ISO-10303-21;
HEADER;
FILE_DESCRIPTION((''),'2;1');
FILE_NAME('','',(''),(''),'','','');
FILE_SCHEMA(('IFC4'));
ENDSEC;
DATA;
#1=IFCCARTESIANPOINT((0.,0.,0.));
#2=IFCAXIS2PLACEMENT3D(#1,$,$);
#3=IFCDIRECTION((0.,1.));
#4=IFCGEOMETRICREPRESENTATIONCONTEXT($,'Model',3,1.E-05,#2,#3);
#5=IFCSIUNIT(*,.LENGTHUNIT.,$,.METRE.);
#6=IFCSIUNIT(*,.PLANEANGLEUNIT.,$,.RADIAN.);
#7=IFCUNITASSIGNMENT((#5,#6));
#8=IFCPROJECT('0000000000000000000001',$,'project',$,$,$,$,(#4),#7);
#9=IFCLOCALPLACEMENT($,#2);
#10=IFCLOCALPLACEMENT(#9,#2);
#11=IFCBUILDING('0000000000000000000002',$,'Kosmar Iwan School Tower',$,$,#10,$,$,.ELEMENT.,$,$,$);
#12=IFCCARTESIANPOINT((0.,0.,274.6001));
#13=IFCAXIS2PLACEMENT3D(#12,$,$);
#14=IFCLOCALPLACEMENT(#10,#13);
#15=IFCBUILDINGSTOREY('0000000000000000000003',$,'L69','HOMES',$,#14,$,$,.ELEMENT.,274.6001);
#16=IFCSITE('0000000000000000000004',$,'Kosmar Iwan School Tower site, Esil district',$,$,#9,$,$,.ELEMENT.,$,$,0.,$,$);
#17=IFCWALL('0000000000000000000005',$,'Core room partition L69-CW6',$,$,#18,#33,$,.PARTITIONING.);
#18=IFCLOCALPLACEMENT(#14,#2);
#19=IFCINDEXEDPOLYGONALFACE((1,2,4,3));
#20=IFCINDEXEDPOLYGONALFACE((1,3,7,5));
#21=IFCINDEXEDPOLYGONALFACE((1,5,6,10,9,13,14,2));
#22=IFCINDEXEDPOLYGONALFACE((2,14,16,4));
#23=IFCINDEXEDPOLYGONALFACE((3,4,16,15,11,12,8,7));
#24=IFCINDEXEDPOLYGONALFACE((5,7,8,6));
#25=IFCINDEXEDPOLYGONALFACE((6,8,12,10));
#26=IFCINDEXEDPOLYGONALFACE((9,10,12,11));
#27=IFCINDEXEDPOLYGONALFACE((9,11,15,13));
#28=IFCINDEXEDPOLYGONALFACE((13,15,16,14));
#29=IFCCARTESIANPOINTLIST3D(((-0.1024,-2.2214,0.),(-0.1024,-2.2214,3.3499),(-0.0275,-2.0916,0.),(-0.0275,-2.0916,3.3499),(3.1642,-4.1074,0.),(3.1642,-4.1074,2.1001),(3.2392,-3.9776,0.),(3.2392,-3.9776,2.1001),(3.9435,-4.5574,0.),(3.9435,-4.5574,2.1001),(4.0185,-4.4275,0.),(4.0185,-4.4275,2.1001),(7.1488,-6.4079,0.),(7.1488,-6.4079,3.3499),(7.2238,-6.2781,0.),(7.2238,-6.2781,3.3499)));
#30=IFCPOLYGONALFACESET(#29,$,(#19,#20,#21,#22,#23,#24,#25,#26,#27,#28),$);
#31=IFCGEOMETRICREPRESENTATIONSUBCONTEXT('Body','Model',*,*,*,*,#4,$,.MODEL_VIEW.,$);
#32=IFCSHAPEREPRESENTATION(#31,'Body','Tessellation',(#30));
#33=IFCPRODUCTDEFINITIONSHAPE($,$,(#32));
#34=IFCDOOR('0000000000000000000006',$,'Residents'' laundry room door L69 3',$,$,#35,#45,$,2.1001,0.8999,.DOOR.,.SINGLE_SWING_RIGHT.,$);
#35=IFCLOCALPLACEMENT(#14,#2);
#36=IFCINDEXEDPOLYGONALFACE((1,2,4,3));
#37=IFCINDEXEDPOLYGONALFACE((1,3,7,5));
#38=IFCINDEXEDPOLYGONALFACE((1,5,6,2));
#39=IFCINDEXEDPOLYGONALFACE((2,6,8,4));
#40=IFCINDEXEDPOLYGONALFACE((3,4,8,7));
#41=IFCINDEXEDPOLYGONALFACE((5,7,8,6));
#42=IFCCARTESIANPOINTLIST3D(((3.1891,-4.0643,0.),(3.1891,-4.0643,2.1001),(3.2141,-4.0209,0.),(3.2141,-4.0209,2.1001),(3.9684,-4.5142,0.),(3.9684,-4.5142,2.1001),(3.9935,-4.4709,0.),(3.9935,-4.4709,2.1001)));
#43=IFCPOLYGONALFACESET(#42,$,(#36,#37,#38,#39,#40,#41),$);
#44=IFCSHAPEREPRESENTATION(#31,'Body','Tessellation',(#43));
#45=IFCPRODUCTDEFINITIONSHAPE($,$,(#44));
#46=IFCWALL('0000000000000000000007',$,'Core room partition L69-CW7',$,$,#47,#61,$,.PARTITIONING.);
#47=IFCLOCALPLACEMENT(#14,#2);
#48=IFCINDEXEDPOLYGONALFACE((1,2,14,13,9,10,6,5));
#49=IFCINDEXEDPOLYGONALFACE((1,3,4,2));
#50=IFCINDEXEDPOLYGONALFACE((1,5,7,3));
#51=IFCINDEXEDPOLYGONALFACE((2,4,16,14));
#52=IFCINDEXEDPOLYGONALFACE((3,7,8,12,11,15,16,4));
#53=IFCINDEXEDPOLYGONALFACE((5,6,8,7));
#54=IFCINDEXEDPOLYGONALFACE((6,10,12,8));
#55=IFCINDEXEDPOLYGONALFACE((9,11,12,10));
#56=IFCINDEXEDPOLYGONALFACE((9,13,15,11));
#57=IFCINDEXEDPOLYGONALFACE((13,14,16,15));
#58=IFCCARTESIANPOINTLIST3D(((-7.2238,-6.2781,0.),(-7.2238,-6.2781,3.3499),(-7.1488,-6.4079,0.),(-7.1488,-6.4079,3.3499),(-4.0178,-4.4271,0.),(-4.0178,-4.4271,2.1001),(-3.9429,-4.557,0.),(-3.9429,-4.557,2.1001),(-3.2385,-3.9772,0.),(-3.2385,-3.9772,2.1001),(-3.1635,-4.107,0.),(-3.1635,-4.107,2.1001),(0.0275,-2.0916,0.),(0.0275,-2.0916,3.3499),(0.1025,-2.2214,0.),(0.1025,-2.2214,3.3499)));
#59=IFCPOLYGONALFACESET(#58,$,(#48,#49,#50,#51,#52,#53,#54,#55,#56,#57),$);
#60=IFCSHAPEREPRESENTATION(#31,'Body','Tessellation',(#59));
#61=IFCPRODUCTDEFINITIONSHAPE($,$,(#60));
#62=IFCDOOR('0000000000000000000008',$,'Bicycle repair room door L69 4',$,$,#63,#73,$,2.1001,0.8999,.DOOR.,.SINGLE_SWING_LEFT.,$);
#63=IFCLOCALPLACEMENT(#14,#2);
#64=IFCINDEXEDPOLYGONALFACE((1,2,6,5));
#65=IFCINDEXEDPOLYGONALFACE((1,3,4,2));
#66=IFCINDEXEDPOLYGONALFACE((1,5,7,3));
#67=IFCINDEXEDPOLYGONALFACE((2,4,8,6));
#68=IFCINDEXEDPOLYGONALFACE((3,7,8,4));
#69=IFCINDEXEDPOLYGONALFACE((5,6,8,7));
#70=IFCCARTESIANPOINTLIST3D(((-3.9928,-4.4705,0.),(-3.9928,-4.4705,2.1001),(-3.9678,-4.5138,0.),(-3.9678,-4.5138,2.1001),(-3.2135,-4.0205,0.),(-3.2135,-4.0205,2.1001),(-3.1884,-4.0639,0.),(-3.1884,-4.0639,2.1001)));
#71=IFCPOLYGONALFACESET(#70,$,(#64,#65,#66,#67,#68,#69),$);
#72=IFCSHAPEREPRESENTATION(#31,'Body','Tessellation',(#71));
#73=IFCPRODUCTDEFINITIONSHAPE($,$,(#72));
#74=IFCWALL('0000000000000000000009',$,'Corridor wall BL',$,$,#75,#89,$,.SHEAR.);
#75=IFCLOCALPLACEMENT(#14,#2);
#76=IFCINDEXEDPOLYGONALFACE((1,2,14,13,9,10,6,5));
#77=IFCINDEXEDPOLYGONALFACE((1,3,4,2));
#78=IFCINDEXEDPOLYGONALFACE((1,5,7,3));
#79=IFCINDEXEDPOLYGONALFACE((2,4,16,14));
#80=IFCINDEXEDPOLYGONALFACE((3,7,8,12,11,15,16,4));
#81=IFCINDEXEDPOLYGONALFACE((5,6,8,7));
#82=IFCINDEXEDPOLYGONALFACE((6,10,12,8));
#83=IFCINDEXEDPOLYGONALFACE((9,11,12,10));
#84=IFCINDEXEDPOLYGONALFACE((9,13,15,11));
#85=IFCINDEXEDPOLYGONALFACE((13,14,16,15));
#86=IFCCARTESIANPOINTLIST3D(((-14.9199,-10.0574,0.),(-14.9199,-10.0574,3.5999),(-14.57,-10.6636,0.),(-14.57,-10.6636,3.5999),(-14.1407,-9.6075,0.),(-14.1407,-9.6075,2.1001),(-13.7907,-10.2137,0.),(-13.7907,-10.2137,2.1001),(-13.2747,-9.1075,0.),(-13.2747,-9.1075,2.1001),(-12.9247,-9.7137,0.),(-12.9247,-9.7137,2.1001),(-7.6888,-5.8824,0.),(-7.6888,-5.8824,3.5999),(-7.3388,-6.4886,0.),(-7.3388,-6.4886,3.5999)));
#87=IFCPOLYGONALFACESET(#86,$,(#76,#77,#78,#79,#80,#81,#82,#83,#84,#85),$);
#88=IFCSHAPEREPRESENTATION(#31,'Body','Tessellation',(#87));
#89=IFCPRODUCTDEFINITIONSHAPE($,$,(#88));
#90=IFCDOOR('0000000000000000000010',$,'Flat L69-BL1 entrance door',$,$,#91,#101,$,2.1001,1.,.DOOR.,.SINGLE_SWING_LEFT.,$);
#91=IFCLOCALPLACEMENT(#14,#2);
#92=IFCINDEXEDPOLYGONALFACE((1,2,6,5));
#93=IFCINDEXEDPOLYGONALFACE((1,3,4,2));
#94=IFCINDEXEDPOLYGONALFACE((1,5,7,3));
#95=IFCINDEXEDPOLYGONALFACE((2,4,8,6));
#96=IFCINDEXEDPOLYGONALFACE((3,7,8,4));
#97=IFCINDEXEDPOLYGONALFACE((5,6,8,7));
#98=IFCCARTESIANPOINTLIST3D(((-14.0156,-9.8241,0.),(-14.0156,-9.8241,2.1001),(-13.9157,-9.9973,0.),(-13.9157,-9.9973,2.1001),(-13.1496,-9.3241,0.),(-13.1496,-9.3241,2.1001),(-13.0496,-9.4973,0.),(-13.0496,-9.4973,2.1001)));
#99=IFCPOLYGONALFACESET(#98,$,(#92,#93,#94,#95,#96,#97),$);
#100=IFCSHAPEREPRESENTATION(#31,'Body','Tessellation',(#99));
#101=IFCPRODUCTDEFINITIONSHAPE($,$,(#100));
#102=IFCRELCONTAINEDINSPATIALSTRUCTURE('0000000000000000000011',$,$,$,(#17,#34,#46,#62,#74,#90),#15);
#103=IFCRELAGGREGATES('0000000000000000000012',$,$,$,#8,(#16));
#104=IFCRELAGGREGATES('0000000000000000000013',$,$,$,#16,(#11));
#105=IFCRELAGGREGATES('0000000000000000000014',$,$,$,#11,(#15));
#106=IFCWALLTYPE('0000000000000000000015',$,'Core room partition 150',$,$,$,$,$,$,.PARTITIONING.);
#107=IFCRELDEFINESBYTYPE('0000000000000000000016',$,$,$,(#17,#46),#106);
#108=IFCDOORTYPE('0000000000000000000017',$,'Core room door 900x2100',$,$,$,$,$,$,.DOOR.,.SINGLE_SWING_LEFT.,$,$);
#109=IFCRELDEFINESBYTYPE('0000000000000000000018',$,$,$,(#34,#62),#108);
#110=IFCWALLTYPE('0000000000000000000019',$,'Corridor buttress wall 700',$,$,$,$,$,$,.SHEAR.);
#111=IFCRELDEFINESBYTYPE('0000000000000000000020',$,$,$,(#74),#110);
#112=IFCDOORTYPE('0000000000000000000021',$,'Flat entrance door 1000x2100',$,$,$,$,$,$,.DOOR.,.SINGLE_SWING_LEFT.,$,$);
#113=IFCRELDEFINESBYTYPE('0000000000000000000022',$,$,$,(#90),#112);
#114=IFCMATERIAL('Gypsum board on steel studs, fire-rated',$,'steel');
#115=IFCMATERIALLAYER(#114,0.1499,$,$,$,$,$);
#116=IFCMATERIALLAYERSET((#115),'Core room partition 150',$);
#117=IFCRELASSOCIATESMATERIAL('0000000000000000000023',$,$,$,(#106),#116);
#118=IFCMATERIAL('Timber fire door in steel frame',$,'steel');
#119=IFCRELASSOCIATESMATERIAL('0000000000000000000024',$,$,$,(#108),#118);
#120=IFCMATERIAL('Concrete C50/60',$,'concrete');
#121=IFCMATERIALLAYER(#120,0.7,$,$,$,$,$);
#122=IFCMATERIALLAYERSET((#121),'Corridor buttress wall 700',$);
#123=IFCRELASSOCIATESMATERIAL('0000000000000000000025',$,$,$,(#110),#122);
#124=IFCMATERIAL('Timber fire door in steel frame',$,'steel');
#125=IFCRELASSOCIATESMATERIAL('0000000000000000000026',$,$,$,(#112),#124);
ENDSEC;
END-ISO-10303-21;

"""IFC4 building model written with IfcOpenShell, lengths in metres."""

from ifc_helpers import new_model, si_unit, direction, frame, frame_2d, origin, place, context, subcontext, project, spatial, rectangle, extrude, material, layer, layer_set, type_object, element, fill, save


model = new_model("IFC4")

# Units and contexts
model_context = context("Model", 3, precision=1e-05, world=origin(), true_north=direction((0.0, 1.0)))
body_context = subcontext(model_context, "Body", "Model", "MODEL_VIEW")
ifc_project = project(units=[si_unit("LENGTHUNIT", "METRE"), si_unit("PLANEANGLEUNIT", "RADIAN")], contexts=[model_context])

# Site, building, storey
site_placement = place(None, origin())
site = spatial("IfcSite", under=ifc_project, at=site_placement, Name="Kosmar Iwan School Tower site, Esil district", CompositionType="ELEMENT", RefElevation=0.0)
building_placement = place(site_placement, origin())
building = spatial("IfcBuilding", under=site, at=building_placement, Name="Kosmar Iwan School Tower", CompositionType="ELEMENT")
storey_placement = place(building_placement, frame((0.0, 0.0, 274.6001)))
storey = spatial("IfcBuildingStorey", under=building, at=storey_placement, Name="L69", Description="HOMES", CompositionType="ELEMENT", Elevation=274.6001)

# Walls, openings, doors
ifc_material_1 = material(Name="Gypsum board on steel studs, fire-rated", Category="steel")
ifc_layer_1 = layer(ifc_material_1, 0.1499)
ifc_layer_set_1 = layer_set([ifc_layer_1], Name="Core room partition 150")
wall_type_1 = type_object("IfcWallType", Name="Core room partition 150", PredefinedType="PARTITIONING", material=ifc_layer_set_1)
wall_1_placement = place(storey_placement, frame((-0.0649, -2.1565, 0.0), z_axis=(0.0, 0.0, 1.0), x_axis=(0.866024, -0.500003, 0.0)))
wall_1 = element("IfcWall", 1, at=wall_1_placement, inside=storey, type_object=wall_type_1, Name="Core room partition L69-CW6", PredefinedType="PARTITIONING", context=body_context, shape_type="SweptSolid", body=[
    extrude(rectangle(XDim=8.373, YDim=0.1499, at=frame_2d((4.1865, 0.0))), origin(), (0.0, 0.0, 1.0), 3.3499),
])
opening_1_placement = place(wall_1_placement, frame((3.772, 0.0, 0.0)))
opening_1 = element("IfcOpeningElement", 2, at=opening_1_placement, cuts=wall_1, PredefinedType="OPENING", context=body_context, shape_type="SweptSolid", body=[
    extrude(rectangle(XDim=0.8999, YDim=2.1001, at=frame_2d((0.45, 1.05))), frame((0.0, 0.0869, 0.0), z_axis=(0.0, -1.0, 0.0), x_axis=(1.0, 0.0, 0.0)), (0.0, 0.0, 1.0), 0.1738),
])
ifc_material_2 = material(Name="Timber fire door in steel frame", Category="steel")
door_type_1 = type_object("IfcDoorType", Name="Core room door 900x2100", OperationType="SINGLE_SWING_LEFT", PredefinedType="DOOR", material=ifc_material_2)
door_1_placement = place(opening_1_placement, origin())
door_1 = element("IfcDoor", 3, at=door_1_placement, inside=storey, type_object=door_type_1, Name="Residents' laundry room door L69 3", OperationType="SINGLE_SWING_RIGHT", OverallHeight=2.1001, OverallWidth=0.8999, PredefinedType="DOOR", context=body_context, shape_type="SweptSolid", body=[
    extrude(rectangle(XDim=0.8999, YDim=2.1001, at=frame_2d((0.45, 1.05))), frame((0.0, 0.0249, 0.0), z_axis=(0.0, -1.0, 0.0), x_axis=(1.0, 0.0, 0.0)), (0.0, 0.0, 1.0), 0.05),
])
fill(opening_1, door_1)
wall_2_placement = place(storey_placement, frame((-7.1863, -6.343, 0.0), z_axis=(0.0, 0.0, 1.0), x_axis=(0.866024, 0.500003, 0.0)))
wall_2 = element("IfcWall", 4, at=wall_2_placement, inside=storey, type_object=wall_type_1, Name="Core room partition L69-CW7", PredefinedType="PARTITIONING", context=body_context, shape_type="SweptSolid", body=[
    extrude(rectangle(XDim=8.373, YDim=0.1499, at=frame_2d((4.1865, 0.0))), origin(), (0.0, 0.0, 1.0), 3.3499),
])
opening_2_placement = place(wall_2_placement, frame((3.7019, 0.0, 0.0)))
opening_2 = element("IfcOpeningElement", 5, at=opening_2_placement, cuts=wall_2, PredefinedType="OPENING", context=body_context, shape_type="SweptSolid", body=[
    extrude(rectangle(XDim=0.8999, YDim=2.1001, at=frame_2d((0.45, 1.05))), frame((0.0, 0.0869, 0.0), z_axis=(0.0, -1.0, 0.0), x_axis=(1.0, 0.0, 0.0)), (0.0, 0.0, 1.0), 0.1738),
])
door_2_placement = place(opening_2_placement, origin())
door_2 = element("IfcDoor", 6, at=door_2_placement, inside=storey, type_object=door_type_1, Name="Bicycle repair room door L69 4", OperationType="SINGLE_SWING_LEFT", OverallHeight=2.1001, OverallWidth=0.8999, PredefinedType="DOOR", context=body_context, shape_type="SweptSolid", body=[
    extrude(rectangle(XDim=0.8999, YDim=2.1001, at=frame_2d((0.45, 1.05))), frame((0.0, 0.0249, 0.0), z_axis=(0.0, -1.0, 0.0), x_axis=(1.0, 0.0, 0.0)), (0.0, 0.0, 1.0), 0.05),
])
fill(opening_2, door_2)
ifc_material_3 = material(Name="Concrete C50/60", Category="concrete")
ifc_layer_2 = layer(ifc_material_3, 0.7)
ifc_layer_set_2 = layer_set([ifc_layer_2], Name="Corridor buttress wall 700")
wall_type_2 = type_object("IfcWallType", Name="Corridor buttress wall 700", PredefinedType="SHEAR", material=ifc_layer_set_2)
wall_3_placement = place(storey_placement, frame((-7.5139, -6.1855, 0.0), z_axis=(0.0, 0.0, 1.0), x_axis=(-0.86602, -0.50001, 0.0)))
wall_3 = element("IfcWall", 7, at=wall_3_placement, inside=storey, type_object=wall_type_2, Name="Corridor wall BL", PredefinedType="SHEAR", context=body_context, shape_type="SweptSolid", body=[
    extrude(rectangle(XDim=8.3499, YDim=0.7, at=frame_2d((4.1748, 0.0))), origin(), (0.0, 0.0, 1.0), 3.5999),
])
opening_3_placement = place(wall_3_placement, frame((6.45, 0.0, 0.0)))
opening_3 = element("IfcOpeningElement", 8, at=opening_3_placement, cuts=wall_3, PredefinedType="OPENING", context=body_context, shape_type="SweptSolid", body=[
    extrude(rectangle(XDim=1.0, YDim=2.1001, at=frame_2d((0.5, 1.05))), frame((0.0, 0.3621, 0.0), z_axis=(0.0, -1.0, 0.0), x_axis=(1.0, 0.0, 0.0)), (0.0, 0.0, 1.0), 0.7239),
])
ifc_material_4 = material(Name="Timber fire door in steel frame", Category="steel")
door_type_2 = type_object("IfcDoorType", Name="Flat entrance door 1000x2100", OperationType="SINGLE_SWING_LEFT", PredefinedType="DOOR", material=ifc_material_4)
door_3_placement = place(opening_3_placement, origin())
door_3 = element("IfcDoor", 9, at=door_3_placement, inside=storey, type_object=door_type_2, Name="Flat L69-BL1 entrance door", OperationType="SINGLE_SWING_LEFT", OverallHeight=2.1001, OverallWidth=1.0, PredefinedType="DOOR", context=body_context, shape_type="SweptSolid", body=[
    extrude(rectangle(XDim=1.0, YDim=2.1001, at=frame_2d((0.5, 1.05))), frame((0.0, 0.1001, 0.0), z_axis=(0.0, -1.0, 0.0), x_axis=(1.0, 0.0, 0.0)), (0.0, 0.0, 1.0), 0.2),
])
fill(opening_3, door_3)

save(model, "model.ifc")
